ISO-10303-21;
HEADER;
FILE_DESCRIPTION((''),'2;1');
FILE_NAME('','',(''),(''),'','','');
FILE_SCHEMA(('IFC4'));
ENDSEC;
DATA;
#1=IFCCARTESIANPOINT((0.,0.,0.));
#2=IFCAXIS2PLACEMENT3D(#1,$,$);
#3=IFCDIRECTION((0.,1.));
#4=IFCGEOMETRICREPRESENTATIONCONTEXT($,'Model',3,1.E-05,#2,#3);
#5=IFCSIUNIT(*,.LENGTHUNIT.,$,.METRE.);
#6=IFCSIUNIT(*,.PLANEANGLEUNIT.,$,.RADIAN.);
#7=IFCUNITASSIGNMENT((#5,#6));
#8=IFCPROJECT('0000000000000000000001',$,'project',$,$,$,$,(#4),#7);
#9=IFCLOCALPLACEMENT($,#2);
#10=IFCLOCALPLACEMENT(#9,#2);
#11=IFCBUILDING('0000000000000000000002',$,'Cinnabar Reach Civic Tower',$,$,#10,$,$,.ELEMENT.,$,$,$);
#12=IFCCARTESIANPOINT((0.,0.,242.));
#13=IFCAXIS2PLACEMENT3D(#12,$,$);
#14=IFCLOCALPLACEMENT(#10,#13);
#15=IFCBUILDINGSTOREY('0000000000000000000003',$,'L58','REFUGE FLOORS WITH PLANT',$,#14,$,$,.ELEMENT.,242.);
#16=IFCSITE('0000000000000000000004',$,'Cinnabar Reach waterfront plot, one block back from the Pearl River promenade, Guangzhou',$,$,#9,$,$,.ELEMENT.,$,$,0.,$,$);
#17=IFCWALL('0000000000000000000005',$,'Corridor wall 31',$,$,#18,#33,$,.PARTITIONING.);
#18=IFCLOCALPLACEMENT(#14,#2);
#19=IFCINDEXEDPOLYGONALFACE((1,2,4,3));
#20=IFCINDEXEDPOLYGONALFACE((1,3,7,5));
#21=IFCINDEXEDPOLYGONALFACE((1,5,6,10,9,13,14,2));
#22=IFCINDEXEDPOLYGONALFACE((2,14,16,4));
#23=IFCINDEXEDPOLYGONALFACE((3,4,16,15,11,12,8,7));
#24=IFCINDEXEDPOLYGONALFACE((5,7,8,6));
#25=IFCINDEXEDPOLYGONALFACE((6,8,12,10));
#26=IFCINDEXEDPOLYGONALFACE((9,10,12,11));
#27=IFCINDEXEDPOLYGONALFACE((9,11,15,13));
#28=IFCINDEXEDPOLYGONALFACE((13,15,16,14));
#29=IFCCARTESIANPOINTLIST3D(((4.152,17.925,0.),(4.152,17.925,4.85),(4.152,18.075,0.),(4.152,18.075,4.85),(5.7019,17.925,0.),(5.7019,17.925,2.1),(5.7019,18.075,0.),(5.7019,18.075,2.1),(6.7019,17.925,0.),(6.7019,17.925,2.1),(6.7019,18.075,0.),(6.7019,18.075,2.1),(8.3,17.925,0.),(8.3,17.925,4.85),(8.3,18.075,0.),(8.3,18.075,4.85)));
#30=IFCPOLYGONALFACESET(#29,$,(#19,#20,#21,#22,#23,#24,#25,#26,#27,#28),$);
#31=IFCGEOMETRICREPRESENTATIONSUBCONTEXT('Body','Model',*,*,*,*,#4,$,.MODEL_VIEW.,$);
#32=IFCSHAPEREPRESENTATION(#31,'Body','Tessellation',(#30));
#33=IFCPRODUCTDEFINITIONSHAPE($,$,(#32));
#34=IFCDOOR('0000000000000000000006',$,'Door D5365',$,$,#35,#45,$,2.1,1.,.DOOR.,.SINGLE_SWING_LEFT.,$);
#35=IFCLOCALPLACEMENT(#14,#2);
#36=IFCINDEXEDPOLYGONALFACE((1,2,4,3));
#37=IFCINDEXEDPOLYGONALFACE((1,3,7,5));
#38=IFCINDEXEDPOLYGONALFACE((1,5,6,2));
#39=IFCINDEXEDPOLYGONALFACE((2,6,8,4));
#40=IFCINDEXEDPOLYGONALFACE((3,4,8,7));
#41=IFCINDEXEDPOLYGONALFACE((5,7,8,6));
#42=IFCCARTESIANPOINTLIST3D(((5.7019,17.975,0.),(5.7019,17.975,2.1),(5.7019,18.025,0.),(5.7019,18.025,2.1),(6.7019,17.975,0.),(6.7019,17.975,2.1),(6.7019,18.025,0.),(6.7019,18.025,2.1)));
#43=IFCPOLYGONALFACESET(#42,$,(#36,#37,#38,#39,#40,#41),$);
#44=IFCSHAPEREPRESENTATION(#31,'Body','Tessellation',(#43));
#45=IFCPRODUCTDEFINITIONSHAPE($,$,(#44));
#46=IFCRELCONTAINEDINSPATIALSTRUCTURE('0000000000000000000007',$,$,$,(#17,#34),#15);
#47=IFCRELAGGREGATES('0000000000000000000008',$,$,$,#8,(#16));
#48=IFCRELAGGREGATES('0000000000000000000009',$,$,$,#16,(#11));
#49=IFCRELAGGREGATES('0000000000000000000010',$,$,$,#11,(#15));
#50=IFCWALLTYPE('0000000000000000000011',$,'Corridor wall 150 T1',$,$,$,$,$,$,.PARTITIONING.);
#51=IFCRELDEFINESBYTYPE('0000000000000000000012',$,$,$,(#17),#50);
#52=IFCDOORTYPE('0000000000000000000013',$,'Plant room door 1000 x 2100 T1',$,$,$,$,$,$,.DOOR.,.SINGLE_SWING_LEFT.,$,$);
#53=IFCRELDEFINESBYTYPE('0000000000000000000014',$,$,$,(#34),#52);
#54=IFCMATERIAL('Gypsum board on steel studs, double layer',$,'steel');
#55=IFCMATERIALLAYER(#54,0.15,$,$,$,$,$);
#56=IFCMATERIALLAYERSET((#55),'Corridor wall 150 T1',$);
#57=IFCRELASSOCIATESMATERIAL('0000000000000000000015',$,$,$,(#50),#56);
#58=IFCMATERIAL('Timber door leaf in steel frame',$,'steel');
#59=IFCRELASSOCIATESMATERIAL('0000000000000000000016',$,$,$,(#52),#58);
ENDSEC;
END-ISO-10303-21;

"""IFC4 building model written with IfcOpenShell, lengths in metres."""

from ifc_helpers import new_model, si_unit, direction, frame, frame_2d, origin, place, context, subcontext, project, spatial, rectangle, extrude, material, layer, layer_set, type_object, element, fill, save


model = new_model("IFC4")

# Units and contexts
model_context = context("Model", 3, precision=1e-05, world=origin(), true_north=direction((0.0, 1.0)))
body_context = subcontext(model_context, "Body", "Model", "MODEL_VIEW")
ifc_project = project(units=[si_unit("LENGTHUNIT", "METRE"), si_unit("PLANEANGLEUNIT", "RADIAN")], contexts=[model_context])

# Site, building, storey
site_placement = place(None, origin())
site = spatial("IfcSite", under=ifc_project, at=site_placement, Name="Cinnabar Reach waterfront plot, one block back from the Pearl River promenade, Guangzhou", CompositionType="ELEMENT", RefElevation=0.0)
building_placement = place(site_placement, origin())
building = spatial("IfcBuilding", under=site, at=building_placement, Name="Cinnabar Reach Civic Tower", CompositionType="ELEMENT")
storey_placement = place(building_placement, frame((0.0, 0.0, 242.0)))
storey = spatial("IfcBuildingStorey", under=building, at=storey_placement, Name="L58", Description="REFUGE FLOORS WITH PLANT", CompositionType="ELEMENT", Elevation=242.0)

# Wall, opening, door
ifc_material_1 = material(Name="Gypsum board on steel studs, double layer", Category="steel")
ifc_layer_1 = layer(ifc_material_1, 0.15)
ifc_layer_set_1 = layer_set([ifc_layer_1], Name="Corridor wall 150 T1")
wall_type_1 = type_object("IfcWallType", Name="Corridor wall 150 T1", PredefinedType="PARTITIONING", material=ifc_layer_set_1)
wall_1_placement = place(storey_placement, frame((4.1519, 18.0, 0.0), z_axis=(0.0, 0.0, 1.0), x_axis=(1.0, 0.0, 0.0)))
wall_1 = element("IfcWall", 1, at=wall_1_placement, inside=storey, type_object=wall_type_1, Name="Corridor wall 31", PredefinedType="PARTITIONING", context=body_context, shape_type="SweptSolid", body=[
    extrude(rectangle(XDim=4.1481, YDim=0.15, at=frame_2d((2.0741, 0.0))), origin(), (0.0, 0.0, 1.0), 4.85),
])
opening_placement = place(wall_1_placement, frame((1.55, 0.0, 0.0)))
opening = element("IfcOpeningElement", 2, at=opening_placement, cuts=wall_1, PredefinedType="OPENING", context=body_context, shape_type="SweptSolid", body=[
    extrude(rectangle(XDim=1.0, YDim=2.1, at=frame_2d((0.5, 1.05))), frame((0.0, 0.085, 0.0), z_axis=(0.0, -1.0, 0.0), x_axis=(1.0, 0.0, 0.0)), (0.0, 0.0, 1.0), 0.17),
])
ifc_material_2 = material(Name="Timber door leaf in steel frame", Category="steel")
door_type = type_object("IfcDoorType", Name="Plant room door 1000 x 2100 T1", OperationType="SINGLE_SWING_LEFT", PredefinedType="DOOR", material=ifc_material_2)
door_placement = place(opening_placement, origin())
door = element("IfcDoor", 3, at=door_placement, inside=storey, type_object=door_type, Name="Door D5365", OperationType="SINGLE_SWING_LEFT", OverallHeight=2.1, OverallWidth=1.0, PredefinedType="DOOR", context=body_context, shape_type="SweptSolid", body=[
    extrude(rectangle(XDim=1.0, YDim=2.1, at=frame_2d((0.5, 1.05))), frame((0.0, 0.025, 0.0), z_axis=(0.0, -1.0, 0.0), x_axis=(1.0, 0.0, 0.0)), (0.0, 0.0, 1.0), 0.05),
])
fill(opening, door)

save(model, "model.ifc")
